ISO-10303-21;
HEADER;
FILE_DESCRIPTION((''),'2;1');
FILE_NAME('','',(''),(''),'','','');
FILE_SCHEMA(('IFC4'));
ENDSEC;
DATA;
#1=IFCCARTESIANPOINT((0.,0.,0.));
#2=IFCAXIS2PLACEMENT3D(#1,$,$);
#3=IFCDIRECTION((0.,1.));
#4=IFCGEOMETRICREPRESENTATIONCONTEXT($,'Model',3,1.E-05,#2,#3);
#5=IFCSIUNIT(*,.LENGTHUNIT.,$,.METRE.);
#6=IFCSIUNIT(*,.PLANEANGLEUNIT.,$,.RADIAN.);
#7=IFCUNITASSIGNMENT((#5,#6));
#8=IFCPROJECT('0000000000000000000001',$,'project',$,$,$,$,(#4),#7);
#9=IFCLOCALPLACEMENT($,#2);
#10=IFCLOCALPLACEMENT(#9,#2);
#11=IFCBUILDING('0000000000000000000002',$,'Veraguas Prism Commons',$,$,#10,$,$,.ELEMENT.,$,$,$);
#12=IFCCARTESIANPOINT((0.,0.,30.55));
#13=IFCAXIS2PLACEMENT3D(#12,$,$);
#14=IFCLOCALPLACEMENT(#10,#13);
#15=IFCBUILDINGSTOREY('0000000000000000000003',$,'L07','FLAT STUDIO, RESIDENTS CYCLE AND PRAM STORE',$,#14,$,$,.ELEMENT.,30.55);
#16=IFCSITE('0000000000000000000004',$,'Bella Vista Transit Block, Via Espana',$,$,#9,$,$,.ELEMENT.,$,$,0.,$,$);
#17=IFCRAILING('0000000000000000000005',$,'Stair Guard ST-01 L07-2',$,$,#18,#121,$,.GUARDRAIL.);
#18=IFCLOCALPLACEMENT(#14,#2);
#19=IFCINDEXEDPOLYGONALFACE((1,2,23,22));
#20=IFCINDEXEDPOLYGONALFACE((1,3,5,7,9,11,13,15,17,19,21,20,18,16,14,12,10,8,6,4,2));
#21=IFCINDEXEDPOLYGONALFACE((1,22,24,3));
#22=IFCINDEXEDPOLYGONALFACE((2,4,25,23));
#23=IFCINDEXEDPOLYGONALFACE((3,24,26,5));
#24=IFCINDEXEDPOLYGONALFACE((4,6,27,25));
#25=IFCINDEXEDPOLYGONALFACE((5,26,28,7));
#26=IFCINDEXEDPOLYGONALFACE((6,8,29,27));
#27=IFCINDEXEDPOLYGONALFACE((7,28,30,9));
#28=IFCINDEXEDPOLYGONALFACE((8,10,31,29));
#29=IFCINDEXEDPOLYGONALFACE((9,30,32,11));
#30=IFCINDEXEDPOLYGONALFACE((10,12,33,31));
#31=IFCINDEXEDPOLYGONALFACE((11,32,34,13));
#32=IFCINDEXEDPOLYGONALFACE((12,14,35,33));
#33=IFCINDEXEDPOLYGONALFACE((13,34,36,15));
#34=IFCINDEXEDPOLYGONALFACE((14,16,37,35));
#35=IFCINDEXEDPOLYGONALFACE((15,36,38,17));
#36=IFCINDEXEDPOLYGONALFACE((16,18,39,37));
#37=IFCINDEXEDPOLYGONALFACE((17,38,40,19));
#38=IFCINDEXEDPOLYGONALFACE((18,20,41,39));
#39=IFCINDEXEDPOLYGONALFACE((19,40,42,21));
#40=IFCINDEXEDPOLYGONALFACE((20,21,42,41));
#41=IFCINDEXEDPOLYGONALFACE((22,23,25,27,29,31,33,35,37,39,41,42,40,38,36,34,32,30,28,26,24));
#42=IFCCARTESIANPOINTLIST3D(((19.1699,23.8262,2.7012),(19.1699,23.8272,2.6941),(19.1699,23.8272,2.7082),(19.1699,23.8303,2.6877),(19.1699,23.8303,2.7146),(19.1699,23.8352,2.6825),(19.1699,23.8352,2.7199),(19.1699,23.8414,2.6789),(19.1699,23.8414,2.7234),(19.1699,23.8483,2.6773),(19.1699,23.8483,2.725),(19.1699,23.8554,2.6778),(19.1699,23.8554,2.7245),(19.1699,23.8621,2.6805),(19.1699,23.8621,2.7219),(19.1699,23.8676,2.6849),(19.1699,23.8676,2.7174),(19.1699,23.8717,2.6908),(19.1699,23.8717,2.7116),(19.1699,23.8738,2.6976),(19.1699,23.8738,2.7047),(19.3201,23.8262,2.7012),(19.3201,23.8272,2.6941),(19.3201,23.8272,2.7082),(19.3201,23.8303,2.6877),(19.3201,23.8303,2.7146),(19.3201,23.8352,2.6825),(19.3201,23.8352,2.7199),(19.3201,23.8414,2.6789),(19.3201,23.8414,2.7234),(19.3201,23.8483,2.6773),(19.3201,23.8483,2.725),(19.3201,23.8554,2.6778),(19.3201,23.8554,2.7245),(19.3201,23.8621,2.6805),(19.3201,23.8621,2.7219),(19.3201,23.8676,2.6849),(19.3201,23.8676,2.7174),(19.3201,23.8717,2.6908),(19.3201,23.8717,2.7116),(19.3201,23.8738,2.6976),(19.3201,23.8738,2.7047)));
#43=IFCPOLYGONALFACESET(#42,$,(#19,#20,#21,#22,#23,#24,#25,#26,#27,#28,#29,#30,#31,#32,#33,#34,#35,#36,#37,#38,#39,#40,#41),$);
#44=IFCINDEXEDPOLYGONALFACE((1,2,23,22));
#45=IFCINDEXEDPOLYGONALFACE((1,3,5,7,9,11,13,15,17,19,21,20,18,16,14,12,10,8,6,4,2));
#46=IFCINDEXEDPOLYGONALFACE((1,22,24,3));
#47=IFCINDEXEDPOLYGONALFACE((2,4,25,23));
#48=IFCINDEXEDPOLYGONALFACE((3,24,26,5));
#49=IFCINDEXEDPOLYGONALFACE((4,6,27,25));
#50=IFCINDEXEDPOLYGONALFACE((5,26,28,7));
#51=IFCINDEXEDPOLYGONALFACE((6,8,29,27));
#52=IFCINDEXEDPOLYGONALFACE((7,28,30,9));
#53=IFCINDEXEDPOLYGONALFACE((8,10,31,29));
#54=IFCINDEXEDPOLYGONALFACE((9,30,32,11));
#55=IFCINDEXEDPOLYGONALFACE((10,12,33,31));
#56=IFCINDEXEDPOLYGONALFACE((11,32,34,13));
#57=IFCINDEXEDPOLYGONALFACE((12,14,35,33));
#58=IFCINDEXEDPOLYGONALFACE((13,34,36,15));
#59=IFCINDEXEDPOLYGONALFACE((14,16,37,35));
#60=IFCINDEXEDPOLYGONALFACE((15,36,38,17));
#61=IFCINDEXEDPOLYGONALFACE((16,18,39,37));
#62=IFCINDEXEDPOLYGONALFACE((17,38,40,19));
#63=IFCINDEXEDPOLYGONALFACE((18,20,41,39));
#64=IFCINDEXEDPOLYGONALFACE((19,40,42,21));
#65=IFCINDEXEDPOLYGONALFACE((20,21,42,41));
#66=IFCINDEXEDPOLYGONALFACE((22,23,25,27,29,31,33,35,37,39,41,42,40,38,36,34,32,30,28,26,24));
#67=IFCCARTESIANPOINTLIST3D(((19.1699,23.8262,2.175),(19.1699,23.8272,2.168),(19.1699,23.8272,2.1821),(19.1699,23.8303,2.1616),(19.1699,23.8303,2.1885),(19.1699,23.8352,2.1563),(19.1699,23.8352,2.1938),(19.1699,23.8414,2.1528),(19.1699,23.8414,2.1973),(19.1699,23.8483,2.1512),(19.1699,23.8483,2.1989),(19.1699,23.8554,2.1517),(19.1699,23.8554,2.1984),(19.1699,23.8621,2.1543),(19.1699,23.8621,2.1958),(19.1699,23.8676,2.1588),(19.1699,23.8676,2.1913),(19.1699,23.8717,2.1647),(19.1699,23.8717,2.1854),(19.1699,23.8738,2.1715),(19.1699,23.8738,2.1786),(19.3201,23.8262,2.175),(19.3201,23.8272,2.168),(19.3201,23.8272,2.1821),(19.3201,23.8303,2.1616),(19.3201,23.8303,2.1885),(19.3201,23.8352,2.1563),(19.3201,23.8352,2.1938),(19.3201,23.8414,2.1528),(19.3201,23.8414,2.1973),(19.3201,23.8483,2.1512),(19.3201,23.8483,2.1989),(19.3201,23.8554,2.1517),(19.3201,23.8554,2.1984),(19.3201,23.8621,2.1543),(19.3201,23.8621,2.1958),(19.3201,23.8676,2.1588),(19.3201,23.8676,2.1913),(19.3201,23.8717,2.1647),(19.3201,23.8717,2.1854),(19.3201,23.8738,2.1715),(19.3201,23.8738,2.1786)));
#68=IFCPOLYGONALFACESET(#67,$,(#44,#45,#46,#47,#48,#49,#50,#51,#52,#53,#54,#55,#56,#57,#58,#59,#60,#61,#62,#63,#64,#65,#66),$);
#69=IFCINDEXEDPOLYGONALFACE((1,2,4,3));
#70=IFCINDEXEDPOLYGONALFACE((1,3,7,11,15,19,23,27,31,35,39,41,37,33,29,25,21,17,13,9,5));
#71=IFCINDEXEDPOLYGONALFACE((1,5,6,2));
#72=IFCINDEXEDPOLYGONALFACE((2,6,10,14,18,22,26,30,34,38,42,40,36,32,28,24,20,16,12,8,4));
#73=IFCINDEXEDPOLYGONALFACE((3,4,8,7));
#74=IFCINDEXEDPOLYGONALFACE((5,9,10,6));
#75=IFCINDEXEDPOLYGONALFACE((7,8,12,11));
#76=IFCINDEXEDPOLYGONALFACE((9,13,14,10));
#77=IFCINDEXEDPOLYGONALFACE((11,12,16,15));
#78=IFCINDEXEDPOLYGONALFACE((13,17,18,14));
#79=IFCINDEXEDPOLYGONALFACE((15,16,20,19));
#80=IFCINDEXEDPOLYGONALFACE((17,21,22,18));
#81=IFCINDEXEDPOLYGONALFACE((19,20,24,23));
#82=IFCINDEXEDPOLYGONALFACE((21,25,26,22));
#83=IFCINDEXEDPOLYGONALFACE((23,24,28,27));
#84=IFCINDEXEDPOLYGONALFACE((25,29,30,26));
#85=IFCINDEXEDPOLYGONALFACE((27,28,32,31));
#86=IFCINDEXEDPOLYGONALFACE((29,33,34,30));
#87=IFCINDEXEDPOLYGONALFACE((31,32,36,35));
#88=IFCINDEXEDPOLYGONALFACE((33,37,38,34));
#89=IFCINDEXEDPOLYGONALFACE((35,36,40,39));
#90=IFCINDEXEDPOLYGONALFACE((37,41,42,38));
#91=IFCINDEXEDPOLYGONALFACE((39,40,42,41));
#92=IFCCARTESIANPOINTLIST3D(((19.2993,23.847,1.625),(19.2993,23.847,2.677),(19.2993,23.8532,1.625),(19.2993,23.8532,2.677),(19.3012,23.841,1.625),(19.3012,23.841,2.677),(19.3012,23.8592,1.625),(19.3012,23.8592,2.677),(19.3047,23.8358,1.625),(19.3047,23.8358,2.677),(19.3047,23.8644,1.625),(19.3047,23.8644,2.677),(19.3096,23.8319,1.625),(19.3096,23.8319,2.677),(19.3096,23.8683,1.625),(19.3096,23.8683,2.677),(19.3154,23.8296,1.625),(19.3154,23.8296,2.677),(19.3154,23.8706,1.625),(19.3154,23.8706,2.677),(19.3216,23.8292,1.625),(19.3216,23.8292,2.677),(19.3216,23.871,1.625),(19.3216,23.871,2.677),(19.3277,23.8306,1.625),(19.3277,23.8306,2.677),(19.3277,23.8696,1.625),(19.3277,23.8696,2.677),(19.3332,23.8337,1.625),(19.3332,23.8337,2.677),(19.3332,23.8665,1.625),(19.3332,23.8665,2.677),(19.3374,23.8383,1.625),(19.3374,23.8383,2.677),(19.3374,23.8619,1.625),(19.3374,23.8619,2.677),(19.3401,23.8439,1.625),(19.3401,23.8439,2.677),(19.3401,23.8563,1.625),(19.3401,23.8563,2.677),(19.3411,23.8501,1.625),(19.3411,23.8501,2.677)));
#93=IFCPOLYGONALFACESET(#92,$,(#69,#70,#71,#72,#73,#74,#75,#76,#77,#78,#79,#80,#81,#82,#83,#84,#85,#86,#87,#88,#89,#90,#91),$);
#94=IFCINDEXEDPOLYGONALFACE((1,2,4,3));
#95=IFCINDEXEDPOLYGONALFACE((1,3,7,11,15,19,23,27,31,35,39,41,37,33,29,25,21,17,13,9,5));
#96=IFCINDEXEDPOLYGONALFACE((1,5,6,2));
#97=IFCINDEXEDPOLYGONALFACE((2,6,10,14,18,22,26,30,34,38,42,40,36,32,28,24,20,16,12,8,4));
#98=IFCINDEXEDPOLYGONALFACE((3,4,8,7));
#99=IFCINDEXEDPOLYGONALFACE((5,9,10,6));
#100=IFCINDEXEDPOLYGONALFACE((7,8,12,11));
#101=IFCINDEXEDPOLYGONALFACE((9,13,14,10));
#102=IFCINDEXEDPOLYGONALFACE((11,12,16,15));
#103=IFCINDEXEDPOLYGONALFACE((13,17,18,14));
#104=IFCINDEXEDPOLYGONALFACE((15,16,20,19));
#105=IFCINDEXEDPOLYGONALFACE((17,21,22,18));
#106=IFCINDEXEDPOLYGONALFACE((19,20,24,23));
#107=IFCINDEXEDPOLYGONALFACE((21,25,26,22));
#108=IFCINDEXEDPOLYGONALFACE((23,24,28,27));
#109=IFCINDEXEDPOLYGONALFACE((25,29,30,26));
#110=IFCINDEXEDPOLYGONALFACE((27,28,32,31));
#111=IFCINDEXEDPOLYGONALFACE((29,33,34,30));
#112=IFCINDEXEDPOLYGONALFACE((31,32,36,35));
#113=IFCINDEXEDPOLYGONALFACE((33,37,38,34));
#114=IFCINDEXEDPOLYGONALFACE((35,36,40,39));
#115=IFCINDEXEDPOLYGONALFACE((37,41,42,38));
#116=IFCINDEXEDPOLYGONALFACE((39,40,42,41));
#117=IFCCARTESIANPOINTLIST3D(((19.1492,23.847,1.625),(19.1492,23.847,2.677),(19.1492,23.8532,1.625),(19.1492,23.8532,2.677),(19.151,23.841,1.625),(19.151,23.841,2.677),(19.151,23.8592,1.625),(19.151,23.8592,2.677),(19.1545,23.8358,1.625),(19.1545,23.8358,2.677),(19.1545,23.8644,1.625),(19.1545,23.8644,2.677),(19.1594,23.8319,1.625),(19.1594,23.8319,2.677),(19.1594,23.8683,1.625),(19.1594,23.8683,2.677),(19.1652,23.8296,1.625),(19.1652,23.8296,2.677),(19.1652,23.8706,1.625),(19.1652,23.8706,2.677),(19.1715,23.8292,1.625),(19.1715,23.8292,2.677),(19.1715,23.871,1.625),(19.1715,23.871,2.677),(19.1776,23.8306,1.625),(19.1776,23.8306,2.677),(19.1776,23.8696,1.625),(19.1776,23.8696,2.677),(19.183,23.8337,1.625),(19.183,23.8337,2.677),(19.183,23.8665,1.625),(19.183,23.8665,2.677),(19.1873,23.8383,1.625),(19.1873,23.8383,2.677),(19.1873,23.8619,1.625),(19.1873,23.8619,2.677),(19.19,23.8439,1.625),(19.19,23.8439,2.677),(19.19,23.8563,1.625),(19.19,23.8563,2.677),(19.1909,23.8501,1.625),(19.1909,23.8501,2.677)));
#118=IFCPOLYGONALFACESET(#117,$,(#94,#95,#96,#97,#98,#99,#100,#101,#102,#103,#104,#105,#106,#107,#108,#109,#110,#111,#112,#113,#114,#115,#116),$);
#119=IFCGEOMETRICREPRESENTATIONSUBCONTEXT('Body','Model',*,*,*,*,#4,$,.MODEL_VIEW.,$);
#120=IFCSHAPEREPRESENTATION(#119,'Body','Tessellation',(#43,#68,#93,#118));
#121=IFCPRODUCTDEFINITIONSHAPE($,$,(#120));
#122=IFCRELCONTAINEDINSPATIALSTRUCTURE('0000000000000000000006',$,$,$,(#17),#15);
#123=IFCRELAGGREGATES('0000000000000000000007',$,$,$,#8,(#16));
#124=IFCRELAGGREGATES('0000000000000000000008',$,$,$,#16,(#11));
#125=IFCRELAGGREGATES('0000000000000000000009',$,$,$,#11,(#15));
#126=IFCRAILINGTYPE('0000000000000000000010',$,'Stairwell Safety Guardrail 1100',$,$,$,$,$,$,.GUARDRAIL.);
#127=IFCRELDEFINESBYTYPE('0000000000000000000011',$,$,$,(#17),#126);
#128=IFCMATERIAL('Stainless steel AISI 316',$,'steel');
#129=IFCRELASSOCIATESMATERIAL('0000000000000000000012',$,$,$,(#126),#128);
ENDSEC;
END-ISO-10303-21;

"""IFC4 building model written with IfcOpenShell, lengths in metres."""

from ifc_helpers import new_model, si_unit, direction, frame, origin, origin_2d, place, context, subcontext, project, spatial, circle, extrude, material, type_object, element, save


model = new_model("IFC4")

# Units and contexts
model_context = context("Model", 3, precision=1e-05, world=origin(), true_north=direction((0.0, 1.0)))
body_context = subcontext(model_context, "Body", "Model", "MODEL_VIEW")
ifc_project = project(units=[si_unit("LENGTHUNIT", "METRE"), si_unit("PLANEANGLEUNIT", "RADIAN")], contexts=[model_context])

# Site, building, storey
site_placement = place(None, origin())
site = spatial("IfcSite", under=ifc_project, at=site_placement, Name="Bella Vista Transit Block, Via Espana", CompositionType="ELEMENT", RefElevation=0.0)
building_placement = place(site_placement, origin())
building = spatial("IfcBuilding", under=site, at=building_placement, Name="Veraguas Prism Commons", CompositionType="ELEMENT")
storey_placement = place(building_placement, frame((0.0, 0.0, 30.55)))
storey = spatial("IfcBuildingStorey", under=building, at=storey_placement, Name="L07", Description="FLAT STUDIO, RESIDENTS CYCLE AND PRAM STORE", CompositionType="ELEMENT", Elevation=30.55)

# Railing
ifc_material_1 = material(Name="Stainless steel AISI 316", Category="steel")
railing_type_1 = type_object("IfcRailingType", Name="Stairwell Safety Guardrail 1100", PredefinedType="GUARDRAIL", material=ifc_material_1)
railing_1_placement = place(storey_placement, frame((19.3201, 23.8501, 1.625)))
element("IfcRailing", 1, at=railing_1_placement, inside=storey, type_object=railing_type_1, Name="Stair Guard ST-01 L07-2", PredefinedType="GUARDRAIL", context=body_context, shape_type="SweptSolid", body=[
    extrude(circle(Radius=0.0239, at=origin_2d()), frame((0.0, 0.0, 1.0762), z_axis=(-1.0, 0.0, 0.0), x_axis=(0.0, -1.0, 0.0)), (0.0, 0.0, 1.0), 0.1501),
    extrude(circle(Radius=0.0239, at=origin_2d()), frame((0.0, 0.0, 0.55), z_axis=(-1.0, 0.0, 0.0), x_axis=(0.0, -1.0, 0.0)), (0.0, 0.0, 1.0), 0.1501),
    extrude(circle(Radius=0.021, at=origin_2d()), origin(), (0.0, 0.0, 1.0), 1.052),
    extrude(circle(Radius=0.021, at=origin_2d()), frame((-0.1501, 0.0, 0.0)), (0.0, 0.0, 1.0), 1.052),
])

save(model, "model.ifc")
